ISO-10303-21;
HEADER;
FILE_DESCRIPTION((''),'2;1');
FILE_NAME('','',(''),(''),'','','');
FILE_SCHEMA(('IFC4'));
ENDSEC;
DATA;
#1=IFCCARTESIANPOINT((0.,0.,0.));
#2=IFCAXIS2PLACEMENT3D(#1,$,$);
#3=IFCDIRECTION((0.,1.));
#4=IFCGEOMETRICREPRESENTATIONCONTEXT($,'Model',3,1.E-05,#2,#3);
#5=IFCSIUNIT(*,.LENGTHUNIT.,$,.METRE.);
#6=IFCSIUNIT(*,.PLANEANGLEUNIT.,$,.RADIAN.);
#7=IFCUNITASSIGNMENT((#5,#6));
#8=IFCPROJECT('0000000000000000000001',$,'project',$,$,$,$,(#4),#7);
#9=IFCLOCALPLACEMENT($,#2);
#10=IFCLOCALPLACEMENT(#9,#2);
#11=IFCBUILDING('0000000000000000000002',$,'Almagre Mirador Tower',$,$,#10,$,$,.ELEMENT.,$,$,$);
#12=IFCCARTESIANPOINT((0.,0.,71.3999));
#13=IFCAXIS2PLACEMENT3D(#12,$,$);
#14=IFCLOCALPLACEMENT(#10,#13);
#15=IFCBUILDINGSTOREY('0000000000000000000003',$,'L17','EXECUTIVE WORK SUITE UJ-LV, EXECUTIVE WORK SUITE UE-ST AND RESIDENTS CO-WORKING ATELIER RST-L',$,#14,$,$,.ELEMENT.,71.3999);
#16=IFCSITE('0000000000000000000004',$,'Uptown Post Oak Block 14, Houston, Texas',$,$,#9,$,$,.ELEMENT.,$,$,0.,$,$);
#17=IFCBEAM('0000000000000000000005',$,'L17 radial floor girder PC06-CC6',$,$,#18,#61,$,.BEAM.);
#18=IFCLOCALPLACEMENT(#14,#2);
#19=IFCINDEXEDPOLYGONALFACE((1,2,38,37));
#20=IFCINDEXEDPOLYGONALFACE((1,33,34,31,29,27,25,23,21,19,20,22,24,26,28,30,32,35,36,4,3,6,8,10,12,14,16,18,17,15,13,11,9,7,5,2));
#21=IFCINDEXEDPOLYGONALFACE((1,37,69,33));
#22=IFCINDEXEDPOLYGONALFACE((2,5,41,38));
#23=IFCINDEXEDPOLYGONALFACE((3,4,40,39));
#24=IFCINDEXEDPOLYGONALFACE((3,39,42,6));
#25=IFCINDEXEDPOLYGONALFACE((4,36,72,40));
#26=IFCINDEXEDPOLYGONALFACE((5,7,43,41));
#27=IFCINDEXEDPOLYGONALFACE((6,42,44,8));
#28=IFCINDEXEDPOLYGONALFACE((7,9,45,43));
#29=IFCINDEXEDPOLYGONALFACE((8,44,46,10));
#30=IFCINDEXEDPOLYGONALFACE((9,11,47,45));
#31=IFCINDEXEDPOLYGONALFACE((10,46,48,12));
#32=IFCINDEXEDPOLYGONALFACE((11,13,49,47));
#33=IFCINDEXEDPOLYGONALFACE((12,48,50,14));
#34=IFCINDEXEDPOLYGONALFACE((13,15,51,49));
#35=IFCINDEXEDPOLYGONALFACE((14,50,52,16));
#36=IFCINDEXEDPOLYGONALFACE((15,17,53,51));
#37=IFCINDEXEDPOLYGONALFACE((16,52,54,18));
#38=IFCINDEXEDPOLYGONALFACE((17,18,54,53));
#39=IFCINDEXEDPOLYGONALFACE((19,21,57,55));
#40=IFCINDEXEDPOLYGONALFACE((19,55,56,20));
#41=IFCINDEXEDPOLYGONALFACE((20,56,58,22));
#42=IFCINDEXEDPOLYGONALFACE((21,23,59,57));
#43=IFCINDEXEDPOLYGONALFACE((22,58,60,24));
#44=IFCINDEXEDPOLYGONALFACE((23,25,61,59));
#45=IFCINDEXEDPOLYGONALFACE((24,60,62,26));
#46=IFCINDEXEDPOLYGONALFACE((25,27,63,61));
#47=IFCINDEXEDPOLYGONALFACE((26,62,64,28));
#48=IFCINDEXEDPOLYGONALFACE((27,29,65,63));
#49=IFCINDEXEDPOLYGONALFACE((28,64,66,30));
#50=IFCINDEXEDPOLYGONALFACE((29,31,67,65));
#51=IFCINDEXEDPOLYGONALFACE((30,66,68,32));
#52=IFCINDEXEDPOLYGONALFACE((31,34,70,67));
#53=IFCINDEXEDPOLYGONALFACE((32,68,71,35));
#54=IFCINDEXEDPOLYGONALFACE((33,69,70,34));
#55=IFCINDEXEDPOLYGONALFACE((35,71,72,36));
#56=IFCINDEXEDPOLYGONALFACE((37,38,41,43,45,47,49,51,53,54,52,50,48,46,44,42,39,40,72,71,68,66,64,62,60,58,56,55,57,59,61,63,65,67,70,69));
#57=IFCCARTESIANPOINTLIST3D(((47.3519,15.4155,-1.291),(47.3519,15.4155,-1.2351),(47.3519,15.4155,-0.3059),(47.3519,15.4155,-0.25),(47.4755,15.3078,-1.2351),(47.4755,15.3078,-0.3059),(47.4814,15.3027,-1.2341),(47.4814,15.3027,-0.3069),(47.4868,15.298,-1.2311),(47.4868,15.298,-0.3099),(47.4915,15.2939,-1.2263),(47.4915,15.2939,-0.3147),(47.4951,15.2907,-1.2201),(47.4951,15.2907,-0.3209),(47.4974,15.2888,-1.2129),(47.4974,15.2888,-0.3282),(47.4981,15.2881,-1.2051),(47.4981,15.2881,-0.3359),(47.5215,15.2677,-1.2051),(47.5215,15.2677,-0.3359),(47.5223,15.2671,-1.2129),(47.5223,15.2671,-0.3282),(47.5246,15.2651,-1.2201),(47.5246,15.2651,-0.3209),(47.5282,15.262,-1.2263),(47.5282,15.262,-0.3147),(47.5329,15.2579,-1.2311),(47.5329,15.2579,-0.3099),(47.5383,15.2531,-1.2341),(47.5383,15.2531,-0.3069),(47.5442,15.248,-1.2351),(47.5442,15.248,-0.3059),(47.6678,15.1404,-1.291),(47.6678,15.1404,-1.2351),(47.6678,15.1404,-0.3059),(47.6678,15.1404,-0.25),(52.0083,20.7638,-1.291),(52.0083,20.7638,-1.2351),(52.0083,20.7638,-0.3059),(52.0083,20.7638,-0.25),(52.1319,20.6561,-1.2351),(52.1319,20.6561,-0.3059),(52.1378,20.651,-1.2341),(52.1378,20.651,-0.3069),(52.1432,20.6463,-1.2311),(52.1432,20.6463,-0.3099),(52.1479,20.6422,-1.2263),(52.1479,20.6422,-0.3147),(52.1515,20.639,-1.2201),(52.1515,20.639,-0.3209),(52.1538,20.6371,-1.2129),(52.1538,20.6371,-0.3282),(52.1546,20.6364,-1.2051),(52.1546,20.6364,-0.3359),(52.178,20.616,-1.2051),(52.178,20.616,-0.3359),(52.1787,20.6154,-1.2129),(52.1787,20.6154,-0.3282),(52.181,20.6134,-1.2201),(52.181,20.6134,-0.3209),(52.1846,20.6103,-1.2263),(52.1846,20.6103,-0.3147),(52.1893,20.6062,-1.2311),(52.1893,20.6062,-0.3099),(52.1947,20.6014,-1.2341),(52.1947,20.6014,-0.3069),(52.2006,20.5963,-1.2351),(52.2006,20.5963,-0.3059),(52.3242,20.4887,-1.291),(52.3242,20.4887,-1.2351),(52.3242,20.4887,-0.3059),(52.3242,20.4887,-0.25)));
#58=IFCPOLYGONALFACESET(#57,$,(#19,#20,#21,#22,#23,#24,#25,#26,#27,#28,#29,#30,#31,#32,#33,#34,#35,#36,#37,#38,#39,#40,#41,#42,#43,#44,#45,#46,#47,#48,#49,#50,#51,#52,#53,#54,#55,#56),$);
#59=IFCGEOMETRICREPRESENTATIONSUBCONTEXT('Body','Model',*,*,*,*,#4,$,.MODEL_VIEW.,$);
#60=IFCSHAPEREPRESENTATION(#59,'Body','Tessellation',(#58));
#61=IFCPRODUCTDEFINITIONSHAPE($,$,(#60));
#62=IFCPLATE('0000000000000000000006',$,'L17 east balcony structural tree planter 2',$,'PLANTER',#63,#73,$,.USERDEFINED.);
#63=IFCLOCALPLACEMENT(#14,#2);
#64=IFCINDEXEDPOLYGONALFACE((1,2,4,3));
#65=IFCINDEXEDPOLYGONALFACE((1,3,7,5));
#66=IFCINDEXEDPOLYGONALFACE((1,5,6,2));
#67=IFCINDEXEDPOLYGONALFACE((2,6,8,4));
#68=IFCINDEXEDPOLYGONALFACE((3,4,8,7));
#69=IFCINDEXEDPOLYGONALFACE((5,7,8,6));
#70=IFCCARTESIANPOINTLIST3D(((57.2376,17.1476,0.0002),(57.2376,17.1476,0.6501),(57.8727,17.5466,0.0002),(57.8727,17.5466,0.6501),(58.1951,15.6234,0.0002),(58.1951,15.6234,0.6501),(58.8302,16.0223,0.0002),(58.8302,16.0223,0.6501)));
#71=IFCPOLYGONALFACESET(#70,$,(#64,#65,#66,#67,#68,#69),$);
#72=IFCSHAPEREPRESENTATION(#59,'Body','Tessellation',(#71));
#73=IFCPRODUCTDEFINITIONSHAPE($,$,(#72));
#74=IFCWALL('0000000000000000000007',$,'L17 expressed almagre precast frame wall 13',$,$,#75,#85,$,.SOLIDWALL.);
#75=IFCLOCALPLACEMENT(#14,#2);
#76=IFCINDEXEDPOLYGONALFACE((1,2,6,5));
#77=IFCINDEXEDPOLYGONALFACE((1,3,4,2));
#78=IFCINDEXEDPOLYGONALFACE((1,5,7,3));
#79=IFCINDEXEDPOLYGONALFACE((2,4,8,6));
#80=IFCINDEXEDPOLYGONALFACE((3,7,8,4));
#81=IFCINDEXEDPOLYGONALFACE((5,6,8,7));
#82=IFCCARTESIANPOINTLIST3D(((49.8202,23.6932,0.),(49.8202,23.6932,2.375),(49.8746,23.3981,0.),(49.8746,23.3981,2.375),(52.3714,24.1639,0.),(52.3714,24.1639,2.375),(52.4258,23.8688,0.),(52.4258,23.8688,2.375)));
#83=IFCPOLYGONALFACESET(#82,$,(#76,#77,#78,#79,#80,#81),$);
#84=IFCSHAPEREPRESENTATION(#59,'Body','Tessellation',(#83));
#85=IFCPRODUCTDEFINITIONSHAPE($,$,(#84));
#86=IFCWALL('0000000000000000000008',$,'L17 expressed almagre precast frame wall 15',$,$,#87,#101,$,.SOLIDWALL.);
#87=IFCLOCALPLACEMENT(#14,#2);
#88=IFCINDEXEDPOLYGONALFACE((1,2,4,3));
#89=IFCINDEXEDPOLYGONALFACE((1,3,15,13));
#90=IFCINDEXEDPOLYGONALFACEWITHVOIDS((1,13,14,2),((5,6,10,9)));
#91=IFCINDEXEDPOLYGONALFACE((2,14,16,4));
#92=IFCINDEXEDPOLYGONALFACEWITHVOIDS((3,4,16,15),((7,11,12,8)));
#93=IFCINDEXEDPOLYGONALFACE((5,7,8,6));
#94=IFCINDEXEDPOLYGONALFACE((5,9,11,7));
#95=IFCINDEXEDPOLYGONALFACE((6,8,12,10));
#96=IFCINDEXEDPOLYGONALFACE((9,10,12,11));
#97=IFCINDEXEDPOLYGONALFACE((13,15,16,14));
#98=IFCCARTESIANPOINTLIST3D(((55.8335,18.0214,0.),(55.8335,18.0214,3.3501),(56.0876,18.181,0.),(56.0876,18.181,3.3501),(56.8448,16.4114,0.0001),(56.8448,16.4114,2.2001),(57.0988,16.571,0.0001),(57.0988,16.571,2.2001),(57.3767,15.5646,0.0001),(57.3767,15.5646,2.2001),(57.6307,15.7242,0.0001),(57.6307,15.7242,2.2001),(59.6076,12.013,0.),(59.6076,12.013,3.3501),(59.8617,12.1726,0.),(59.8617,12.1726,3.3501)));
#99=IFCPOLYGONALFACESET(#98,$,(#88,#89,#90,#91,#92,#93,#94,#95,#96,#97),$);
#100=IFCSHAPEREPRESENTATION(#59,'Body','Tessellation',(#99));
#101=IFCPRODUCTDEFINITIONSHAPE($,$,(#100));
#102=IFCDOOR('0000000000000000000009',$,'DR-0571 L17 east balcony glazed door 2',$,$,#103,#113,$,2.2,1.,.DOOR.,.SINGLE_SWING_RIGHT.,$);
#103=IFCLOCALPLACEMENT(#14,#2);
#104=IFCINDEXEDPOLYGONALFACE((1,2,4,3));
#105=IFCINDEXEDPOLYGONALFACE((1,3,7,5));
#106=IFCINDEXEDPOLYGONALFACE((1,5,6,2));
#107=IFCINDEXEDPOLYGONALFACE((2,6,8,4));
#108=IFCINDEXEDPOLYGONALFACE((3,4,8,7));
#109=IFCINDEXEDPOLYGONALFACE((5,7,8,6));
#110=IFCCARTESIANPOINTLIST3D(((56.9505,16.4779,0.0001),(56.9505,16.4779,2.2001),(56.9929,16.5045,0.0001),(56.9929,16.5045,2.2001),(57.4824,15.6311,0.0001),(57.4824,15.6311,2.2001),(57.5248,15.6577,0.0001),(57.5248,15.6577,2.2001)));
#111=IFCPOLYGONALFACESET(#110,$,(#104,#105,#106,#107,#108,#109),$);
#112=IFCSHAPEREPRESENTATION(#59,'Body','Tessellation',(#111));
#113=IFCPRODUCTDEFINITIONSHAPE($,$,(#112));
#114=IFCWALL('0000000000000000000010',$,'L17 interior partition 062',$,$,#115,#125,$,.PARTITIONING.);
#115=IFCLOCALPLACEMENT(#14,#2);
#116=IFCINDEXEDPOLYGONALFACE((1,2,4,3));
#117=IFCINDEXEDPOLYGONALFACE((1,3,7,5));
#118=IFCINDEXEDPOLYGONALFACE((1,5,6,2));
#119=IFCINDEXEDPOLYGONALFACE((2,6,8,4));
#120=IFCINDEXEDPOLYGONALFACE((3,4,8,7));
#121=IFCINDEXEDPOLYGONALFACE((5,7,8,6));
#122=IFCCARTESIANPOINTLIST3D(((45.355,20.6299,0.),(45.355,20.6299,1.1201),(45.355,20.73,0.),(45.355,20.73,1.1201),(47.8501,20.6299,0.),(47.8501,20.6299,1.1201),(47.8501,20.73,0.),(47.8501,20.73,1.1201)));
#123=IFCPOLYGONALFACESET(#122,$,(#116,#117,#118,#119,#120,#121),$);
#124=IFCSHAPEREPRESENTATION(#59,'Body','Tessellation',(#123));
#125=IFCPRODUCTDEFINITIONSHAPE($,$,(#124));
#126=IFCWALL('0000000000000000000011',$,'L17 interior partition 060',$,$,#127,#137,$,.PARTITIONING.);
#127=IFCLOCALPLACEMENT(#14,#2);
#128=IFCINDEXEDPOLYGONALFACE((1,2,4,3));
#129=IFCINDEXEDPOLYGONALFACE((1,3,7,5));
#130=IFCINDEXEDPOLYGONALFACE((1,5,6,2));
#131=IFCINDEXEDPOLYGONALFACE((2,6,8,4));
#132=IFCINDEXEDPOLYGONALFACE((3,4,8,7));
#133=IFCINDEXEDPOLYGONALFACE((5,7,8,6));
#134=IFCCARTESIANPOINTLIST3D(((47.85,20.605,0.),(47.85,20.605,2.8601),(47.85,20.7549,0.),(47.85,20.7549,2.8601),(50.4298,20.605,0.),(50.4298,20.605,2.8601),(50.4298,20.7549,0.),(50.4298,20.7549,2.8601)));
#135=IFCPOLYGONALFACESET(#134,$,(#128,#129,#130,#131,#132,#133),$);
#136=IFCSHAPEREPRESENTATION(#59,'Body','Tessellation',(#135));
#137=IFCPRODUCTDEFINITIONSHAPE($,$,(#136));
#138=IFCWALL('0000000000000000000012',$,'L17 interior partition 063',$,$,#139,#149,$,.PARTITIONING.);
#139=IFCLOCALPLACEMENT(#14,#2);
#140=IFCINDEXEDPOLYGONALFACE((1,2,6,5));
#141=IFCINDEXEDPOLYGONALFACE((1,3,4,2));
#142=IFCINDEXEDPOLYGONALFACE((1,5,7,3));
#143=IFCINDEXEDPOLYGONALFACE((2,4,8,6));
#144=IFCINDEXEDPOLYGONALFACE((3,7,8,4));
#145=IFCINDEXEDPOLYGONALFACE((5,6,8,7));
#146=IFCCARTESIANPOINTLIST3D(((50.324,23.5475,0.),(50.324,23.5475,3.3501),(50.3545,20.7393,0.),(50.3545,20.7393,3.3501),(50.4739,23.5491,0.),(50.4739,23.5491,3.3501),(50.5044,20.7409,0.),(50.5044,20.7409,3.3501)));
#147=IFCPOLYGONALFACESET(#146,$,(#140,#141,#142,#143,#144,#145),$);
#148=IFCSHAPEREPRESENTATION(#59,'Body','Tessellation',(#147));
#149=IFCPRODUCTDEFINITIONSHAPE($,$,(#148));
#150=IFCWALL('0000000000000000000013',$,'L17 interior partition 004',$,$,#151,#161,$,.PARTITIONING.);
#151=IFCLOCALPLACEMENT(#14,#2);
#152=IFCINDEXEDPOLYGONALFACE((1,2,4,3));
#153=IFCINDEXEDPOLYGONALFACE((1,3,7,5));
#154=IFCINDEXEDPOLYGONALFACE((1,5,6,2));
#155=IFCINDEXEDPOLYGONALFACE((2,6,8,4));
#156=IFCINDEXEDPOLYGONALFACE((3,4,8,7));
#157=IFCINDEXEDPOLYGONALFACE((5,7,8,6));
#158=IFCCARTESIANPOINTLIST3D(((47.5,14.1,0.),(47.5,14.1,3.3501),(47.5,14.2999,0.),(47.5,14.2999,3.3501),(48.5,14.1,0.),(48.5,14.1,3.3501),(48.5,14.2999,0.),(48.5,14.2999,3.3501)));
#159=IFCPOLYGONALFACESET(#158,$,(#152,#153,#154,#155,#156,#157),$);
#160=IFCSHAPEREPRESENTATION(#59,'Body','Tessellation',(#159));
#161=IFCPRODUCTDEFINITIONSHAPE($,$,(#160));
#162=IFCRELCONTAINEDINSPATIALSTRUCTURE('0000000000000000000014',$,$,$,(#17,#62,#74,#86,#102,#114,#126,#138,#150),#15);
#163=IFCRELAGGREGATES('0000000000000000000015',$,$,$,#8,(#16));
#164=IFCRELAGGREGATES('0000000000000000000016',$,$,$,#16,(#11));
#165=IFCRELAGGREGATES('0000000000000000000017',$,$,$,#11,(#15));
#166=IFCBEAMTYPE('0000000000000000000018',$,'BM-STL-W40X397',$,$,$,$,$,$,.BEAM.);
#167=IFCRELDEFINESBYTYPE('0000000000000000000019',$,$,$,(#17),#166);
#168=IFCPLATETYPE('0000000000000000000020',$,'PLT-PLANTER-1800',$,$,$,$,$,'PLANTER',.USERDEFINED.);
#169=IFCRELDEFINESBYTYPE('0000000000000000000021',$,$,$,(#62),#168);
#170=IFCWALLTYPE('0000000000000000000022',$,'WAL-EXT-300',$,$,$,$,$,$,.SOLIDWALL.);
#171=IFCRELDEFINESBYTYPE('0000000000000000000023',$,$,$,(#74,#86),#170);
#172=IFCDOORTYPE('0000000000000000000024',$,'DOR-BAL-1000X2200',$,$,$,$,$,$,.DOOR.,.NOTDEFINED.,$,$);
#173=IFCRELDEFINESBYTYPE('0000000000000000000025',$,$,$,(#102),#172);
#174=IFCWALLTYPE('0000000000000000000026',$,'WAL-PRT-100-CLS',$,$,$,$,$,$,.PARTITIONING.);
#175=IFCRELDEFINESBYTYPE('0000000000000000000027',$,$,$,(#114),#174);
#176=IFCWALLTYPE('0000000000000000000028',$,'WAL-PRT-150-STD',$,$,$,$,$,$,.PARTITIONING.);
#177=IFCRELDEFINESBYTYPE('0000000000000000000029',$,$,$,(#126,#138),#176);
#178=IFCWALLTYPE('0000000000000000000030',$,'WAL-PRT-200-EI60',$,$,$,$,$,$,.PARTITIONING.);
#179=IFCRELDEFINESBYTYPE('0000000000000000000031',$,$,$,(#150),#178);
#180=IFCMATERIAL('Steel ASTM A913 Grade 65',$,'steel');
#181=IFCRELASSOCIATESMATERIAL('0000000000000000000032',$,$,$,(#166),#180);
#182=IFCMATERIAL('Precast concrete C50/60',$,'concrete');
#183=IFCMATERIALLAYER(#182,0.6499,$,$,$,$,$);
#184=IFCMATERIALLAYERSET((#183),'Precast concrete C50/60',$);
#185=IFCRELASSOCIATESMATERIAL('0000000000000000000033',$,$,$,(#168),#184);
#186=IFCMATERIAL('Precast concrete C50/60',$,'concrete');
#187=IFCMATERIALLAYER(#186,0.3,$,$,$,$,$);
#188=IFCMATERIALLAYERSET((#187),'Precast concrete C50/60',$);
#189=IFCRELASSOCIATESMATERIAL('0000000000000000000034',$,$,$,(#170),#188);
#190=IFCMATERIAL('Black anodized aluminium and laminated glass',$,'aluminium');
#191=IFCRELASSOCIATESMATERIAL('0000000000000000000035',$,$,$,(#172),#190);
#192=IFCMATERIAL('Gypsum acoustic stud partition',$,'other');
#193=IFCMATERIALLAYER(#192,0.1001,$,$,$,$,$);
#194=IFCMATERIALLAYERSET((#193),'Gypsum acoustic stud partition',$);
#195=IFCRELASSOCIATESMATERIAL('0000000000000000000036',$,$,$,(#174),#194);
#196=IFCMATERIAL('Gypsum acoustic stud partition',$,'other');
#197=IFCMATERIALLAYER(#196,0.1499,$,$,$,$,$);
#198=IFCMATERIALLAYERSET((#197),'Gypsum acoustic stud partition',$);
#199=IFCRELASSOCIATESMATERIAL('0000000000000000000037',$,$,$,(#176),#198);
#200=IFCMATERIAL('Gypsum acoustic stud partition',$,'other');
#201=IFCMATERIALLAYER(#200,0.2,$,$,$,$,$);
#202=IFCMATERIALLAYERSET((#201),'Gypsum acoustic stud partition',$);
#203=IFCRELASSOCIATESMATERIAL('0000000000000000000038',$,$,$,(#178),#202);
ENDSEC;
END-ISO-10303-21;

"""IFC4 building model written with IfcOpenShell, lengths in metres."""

from ifc_helpers import new_model, si_unit, direction, frame, frame_2d, origin, origin_2d, place, context, subcontext, project, spatial, rectangle, i_section, extrude, material, layer, layer_set, material_profile, profile_set, type_object, element, fill, save


model = new_model("IFC4")

# Units and contexts
model_context = context("Model", 3, precision=1e-05, world=origin(), true_north=direction((0.0, 1.0)))
body_context = subcontext(model_context, "Body", "Model", "MODEL_VIEW")
ifc_project = project(units=[si_unit("LENGTHUNIT", "METRE"), si_unit("PLANEANGLEUNIT", "RADIAN")], contexts=[model_context])

# Site, building, storey
site_placement = place(None, origin())
site = spatial("IfcSite", under=ifc_project, at=site_placement, Name="Uptown Post Oak Block 14, Houston, Texas", CompositionType="ELEMENT", RefElevation=0.0)
building_placement = place(site_placement, origin())
building = spatial("IfcBuilding", under=site, at=building_placement, Name="Almagre Mirador Tower", CompositionType="ELEMENT")
storey_placement = place(building_placement, frame((0.0, 0.0, 71.3999)))
storey = spatial("IfcBuildingStorey", under=building, at=storey_placement, Name="L17", Description="EXECUTIVE WORK SUITE UJ-LV, EXECUTIVE WORK SUITE UE-ST AND RESIDENTS CO-WORKING ATELIER RST-L", CompositionType="ELEMENT", Elevation=71.3999)

# Beam
ifc_material_1 = material(Name="Steel ASTM A913 Grade 65", Category="steel")
ifc_material_profile_1 = material_profile(ifc_material_1, i_section(OverallWidth=0.4189, OverallDepth=1.041, WebThickness=0.031, FlangeThickness=0.0559, FilletRadius=0.03, at=origin_2d()), Name="W40X397")
ifc_profile_set_1 = profile_set([ifc_material_profile_1], Name="Steel ASTM A913 Grade 65")
beam_type_1 = type_object("IfcBeamType", Name="BM-STL-W40X397", PredefinedType="BEAM", material=ifc_profile_set_1)
beam_1_placement = place(storey_placement, frame((52.1663, 20.6262, -0.7705), z_axis=(-0.656638, -0.754206, 0.0), x_axis=(0.754206, -0.656638, 0.0)))
element("IfcBeam", 1, at=beam_1_placement, inside=storey, type_object=beam_type_1, Name="L17 radial floor girder PC06-CC6", PredefinedType="BEAM", context=body_context, shape_type="SweptSolid", body=[
    extrude(i_section(OverallWidth=0.4189, OverallDepth=1.041, WebThickness=0.031, FlangeThickness=0.0559, FilletRadius=0.03, at=origin_2d()), origin(), (0.0, 0.0, 1.0), 7.0913),
])

# Plate
ifc_material_2 = material(Name="Precast concrete C50/60", Category="concrete")
ifc_layer_1 = layer(ifc_material_2, 0.6499)
ifc_layer_set_1 = layer_set([ifc_layer_1], Name="Precast concrete C50/60")
plate_type = type_object("IfcPlateType", Name="PLT-PLANTER-1800", ElementType="PLANTER", PredefinedType="USERDEFINED", material=ifc_layer_set_1)
plate_placement = place(storey_placement, frame((58.0339, 16.585, 0.0002), z_axis=(0.0, 0.0, 1.0), x_axis=(-0.531916, 0.846797, 0.0)))
element("IfcPlate", 2, at=plate_placement, inside=storey, type_object=plate_type, Name="L17 east balcony structural tree planter 2", ObjectType="PLANTER", PredefinedType="USERDEFINED", context=body_context, shape_type="SweptSolid", body=[
    extrude(rectangle(XDim=1.8, YDim=0.75, at=origin_2d()), origin(), (0.0, 0.0, 1.0), 0.6499),
])

# Wall
ifc_material_3 = material(Name="Precast concrete C50/60", Category="concrete")
ifc_layer_2 = layer(ifc_material_3, 0.3)
ifc_layer_set_2 = layer_set([ifc_layer_2], Name="Precast concrete C50/60")
wall_type_1 = type_object("IfcWallType", Name="WAL-EXT-300", PredefinedType="SOLIDWALL", material=ifc_layer_set_2)
wall_1_placement = place(storey_placement, frame((49.8474, 23.5457, 0.0), z_axis=(0.0, 0.0, 1.0), x_axis=(0.983403, 0.181435, 0.0)))
element("IfcWall", 3, at=wall_1_placement, inside=storey, type_object=wall_type_1, Name="L17 expressed almagre precast frame wall 13", PredefinedType="SOLIDWALL", context=body_context, shape_type="SweptSolid", body=[
    extrude(rectangle(XDim=2.5942, YDim=0.3, at=frame_2d((1.2971, 0.0))), origin(), (0.0, 0.0, 1.0), 2.375),
])

# Wall, opening, door
wall_2_placement = place(storey_placement, frame((55.9604, 18.1013, 0.0), z_axis=(0.0, 0.0, 1.0), x_axis=(0.531906, -0.846803, 0.0)))
wall_2 = element("IfcWall", 4, at=wall_2_placement, inside=storey, type_object=wall_type_1, Name="L17 expressed almagre precast frame wall 15", PredefinedType="SOLIDWALL", context=body_context, shape_type="SweptSolid", body=[
    extrude(rectangle(XDim=7.0955, YDim=0.3, at=frame_2d((3.5479, 0.0))), origin(), (0.0, 0.0, 1.0), 3.3501),
])
opening_1_placement = place(wall_2_placement, frame((1.9014, 0.0, 0.0)))
opening_1 = element("IfcOpeningElement", 5, at=opening_1_placement, cuts=wall_2, PredefinedType="OPENING", context=body_context, shape_type="SweptSolid", body=[
    extrude(rectangle(XDim=1.0, YDim=2.2, at=frame_2d((0.5, 1.1001))), frame((0.0, 0.1599, 0.0), z_axis=(0.0, -1.0, 0.0), x_axis=(1.0, 0.0, 0.0)), (0.0, 0.0, 1.0), 0.32),
])
ifc_material_4 = material(Name="Black anodized aluminium and laminated glass", Category="aluminium")
door_type_1 = type_object("IfcDoorType", Name="DOR-BAL-1000X2200", OperationType="NOTDEFINED", PredefinedType="DOOR", material=ifc_material_4)
door_1_placement = place(opening_1_placement, origin())
door_1 = element("IfcDoor", 6, at=door_1_placement, inside=storey, type_object=door_type_1, Name="DR-0571 L17 east balcony glazed door 2", OperationType="SINGLE_SWING_RIGHT", OverallHeight=2.2, OverallWidth=1.0, PredefinedType="DOOR", context=body_context, shape_type="SweptSolid", body=[
    extrude(rectangle(XDim=1.0, YDim=2.2, at=frame_2d((0.5, 1.1001))), frame((0.0, 0.0249, 0.0), z_axis=(0.0, -1.0, 0.0), x_axis=(1.0, 0.0, 0.0)), (0.0, 0.0, 1.0), 0.05),
])
fill(opening_1, door_1)

# Walls
ifc_material_5 = material(Name="Gypsum acoustic stud partition", Category="other")
ifc_layer_3 = layer(ifc_material_5, 0.1001)
ifc_layer_set_3 = layer_set([ifc_layer_3], Name="Gypsum acoustic stud partition")
wall_type_2 = type_object("IfcWallType", Name="WAL-PRT-100-CLS", PredefinedType="PARTITIONING", material=ifc_layer_set_3)
wall_3_placement = place(storey_placement, frame((47.8501, 20.6799, 0.0), z_axis=(0.0, 0.0, 1.0), x_axis=(-1.0, 0.0, 0.0)))
element("IfcWall", 7, at=wall_3_placement, inside=storey, type_object=wall_type_2, Name="L17 interior partition 062", PredefinedType="PARTITIONING", context=body_context, shape_type="SweptSolid", body=[
    extrude(rectangle(XDim=2.4951, YDim=0.1001, at=frame_2d((1.2476, 0.0))), origin(), (0.0, 0.0, 1.0), 1.1201),
])
ifc_material_6 = material(Name="Gypsum acoustic stud partition", Category="other")
ifc_layer_4 = layer(ifc_material_6, 0.1499)
ifc_layer_set_4 = layer_set([ifc_layer_4], Name="Gypsum acoustic stud partition")
wall_type_3 = type_object("IfcWallType", Name="WAL-PRT-150-STD", PredefinedType="PARTITIONING", material=ifc_layer_set_4)
wall_4_placement = place(storey_placement, frame((50.4299, 20.6799, 0.0), z_axis=(0.0, 0.0, 1.0), x_axis=(-1.0, 0.0, 0.0)))
element("IfcWall", 8, at=wall_4_placement, inside=storey, type_object=wall_type_3, Name="L17 interior partition 060", PredefinedType="PARTITIONING", context=body_context, shape_type="SweptSolid", body=[
    extrude(rectangle(XDim=2.5798, YDim=0.1499, at=frame_2d((1.29, 0.0))), origin(), (0.0, 0.0, 1.0), 2.8601),
])
wall_5_placement = place(storey_placement, frame((50.4294, 20.74, 0.0), z_axis=(0.0, 0.0, 1.0), x_axis=(-0.010867, 0.999941, 0.0)))
element("IfcWall", 9, at=wall_5_placement, inside=storey, type_object=wall_type_3, Name="L17 interior partition 063", PredefinedType="PARTITIONING", context=body_context, shape_type="SweptSolid", body=[
    extrude(rectangle(XDim=2.8083, YDim=0.1499, at=frame_2d((1.4043, 0.0))), origin(), (0.0, 0.0, 1.0), 3.3501),
])
ifc_material_7 = material(Name="Gypsum acoustic stud partition", Category="other")
ifc_layer_5 = layer(ifc_material_7, 0.2)
ifc_layer_set_5 = layer_set([ifc_layer_5], Name="Gypsum acoustic stud partition")
wall_type_4 = type_object("IfcWallType", Name="WAL-PRT-200-EI60", PredefinedType="PARTITIONING", material=ifc_layer_set_5)
wall_6_placement = place(storey_placement, frame((47.5, 14.2, 0.0), z_axis=(0.0, 0.0, 1.0), x_axis=(1.0, 0.0, 0.0)))
element("IfcWall", 10, at=wall_6_placement, inside=storey, type_object=wall_type_4, Name="L17 interior partition 004", PredefinedType="PARTITIONING", context=body_context, shape_type="SweptSolid", body=[
    extrude(rectangle(XDim=1.0, YDim=0.2, at=frame_2d((0.5, 0.0))), origin(), (0.0, 0.0, 1.0), 3.3501),
])

save(model, "model.ifc")
